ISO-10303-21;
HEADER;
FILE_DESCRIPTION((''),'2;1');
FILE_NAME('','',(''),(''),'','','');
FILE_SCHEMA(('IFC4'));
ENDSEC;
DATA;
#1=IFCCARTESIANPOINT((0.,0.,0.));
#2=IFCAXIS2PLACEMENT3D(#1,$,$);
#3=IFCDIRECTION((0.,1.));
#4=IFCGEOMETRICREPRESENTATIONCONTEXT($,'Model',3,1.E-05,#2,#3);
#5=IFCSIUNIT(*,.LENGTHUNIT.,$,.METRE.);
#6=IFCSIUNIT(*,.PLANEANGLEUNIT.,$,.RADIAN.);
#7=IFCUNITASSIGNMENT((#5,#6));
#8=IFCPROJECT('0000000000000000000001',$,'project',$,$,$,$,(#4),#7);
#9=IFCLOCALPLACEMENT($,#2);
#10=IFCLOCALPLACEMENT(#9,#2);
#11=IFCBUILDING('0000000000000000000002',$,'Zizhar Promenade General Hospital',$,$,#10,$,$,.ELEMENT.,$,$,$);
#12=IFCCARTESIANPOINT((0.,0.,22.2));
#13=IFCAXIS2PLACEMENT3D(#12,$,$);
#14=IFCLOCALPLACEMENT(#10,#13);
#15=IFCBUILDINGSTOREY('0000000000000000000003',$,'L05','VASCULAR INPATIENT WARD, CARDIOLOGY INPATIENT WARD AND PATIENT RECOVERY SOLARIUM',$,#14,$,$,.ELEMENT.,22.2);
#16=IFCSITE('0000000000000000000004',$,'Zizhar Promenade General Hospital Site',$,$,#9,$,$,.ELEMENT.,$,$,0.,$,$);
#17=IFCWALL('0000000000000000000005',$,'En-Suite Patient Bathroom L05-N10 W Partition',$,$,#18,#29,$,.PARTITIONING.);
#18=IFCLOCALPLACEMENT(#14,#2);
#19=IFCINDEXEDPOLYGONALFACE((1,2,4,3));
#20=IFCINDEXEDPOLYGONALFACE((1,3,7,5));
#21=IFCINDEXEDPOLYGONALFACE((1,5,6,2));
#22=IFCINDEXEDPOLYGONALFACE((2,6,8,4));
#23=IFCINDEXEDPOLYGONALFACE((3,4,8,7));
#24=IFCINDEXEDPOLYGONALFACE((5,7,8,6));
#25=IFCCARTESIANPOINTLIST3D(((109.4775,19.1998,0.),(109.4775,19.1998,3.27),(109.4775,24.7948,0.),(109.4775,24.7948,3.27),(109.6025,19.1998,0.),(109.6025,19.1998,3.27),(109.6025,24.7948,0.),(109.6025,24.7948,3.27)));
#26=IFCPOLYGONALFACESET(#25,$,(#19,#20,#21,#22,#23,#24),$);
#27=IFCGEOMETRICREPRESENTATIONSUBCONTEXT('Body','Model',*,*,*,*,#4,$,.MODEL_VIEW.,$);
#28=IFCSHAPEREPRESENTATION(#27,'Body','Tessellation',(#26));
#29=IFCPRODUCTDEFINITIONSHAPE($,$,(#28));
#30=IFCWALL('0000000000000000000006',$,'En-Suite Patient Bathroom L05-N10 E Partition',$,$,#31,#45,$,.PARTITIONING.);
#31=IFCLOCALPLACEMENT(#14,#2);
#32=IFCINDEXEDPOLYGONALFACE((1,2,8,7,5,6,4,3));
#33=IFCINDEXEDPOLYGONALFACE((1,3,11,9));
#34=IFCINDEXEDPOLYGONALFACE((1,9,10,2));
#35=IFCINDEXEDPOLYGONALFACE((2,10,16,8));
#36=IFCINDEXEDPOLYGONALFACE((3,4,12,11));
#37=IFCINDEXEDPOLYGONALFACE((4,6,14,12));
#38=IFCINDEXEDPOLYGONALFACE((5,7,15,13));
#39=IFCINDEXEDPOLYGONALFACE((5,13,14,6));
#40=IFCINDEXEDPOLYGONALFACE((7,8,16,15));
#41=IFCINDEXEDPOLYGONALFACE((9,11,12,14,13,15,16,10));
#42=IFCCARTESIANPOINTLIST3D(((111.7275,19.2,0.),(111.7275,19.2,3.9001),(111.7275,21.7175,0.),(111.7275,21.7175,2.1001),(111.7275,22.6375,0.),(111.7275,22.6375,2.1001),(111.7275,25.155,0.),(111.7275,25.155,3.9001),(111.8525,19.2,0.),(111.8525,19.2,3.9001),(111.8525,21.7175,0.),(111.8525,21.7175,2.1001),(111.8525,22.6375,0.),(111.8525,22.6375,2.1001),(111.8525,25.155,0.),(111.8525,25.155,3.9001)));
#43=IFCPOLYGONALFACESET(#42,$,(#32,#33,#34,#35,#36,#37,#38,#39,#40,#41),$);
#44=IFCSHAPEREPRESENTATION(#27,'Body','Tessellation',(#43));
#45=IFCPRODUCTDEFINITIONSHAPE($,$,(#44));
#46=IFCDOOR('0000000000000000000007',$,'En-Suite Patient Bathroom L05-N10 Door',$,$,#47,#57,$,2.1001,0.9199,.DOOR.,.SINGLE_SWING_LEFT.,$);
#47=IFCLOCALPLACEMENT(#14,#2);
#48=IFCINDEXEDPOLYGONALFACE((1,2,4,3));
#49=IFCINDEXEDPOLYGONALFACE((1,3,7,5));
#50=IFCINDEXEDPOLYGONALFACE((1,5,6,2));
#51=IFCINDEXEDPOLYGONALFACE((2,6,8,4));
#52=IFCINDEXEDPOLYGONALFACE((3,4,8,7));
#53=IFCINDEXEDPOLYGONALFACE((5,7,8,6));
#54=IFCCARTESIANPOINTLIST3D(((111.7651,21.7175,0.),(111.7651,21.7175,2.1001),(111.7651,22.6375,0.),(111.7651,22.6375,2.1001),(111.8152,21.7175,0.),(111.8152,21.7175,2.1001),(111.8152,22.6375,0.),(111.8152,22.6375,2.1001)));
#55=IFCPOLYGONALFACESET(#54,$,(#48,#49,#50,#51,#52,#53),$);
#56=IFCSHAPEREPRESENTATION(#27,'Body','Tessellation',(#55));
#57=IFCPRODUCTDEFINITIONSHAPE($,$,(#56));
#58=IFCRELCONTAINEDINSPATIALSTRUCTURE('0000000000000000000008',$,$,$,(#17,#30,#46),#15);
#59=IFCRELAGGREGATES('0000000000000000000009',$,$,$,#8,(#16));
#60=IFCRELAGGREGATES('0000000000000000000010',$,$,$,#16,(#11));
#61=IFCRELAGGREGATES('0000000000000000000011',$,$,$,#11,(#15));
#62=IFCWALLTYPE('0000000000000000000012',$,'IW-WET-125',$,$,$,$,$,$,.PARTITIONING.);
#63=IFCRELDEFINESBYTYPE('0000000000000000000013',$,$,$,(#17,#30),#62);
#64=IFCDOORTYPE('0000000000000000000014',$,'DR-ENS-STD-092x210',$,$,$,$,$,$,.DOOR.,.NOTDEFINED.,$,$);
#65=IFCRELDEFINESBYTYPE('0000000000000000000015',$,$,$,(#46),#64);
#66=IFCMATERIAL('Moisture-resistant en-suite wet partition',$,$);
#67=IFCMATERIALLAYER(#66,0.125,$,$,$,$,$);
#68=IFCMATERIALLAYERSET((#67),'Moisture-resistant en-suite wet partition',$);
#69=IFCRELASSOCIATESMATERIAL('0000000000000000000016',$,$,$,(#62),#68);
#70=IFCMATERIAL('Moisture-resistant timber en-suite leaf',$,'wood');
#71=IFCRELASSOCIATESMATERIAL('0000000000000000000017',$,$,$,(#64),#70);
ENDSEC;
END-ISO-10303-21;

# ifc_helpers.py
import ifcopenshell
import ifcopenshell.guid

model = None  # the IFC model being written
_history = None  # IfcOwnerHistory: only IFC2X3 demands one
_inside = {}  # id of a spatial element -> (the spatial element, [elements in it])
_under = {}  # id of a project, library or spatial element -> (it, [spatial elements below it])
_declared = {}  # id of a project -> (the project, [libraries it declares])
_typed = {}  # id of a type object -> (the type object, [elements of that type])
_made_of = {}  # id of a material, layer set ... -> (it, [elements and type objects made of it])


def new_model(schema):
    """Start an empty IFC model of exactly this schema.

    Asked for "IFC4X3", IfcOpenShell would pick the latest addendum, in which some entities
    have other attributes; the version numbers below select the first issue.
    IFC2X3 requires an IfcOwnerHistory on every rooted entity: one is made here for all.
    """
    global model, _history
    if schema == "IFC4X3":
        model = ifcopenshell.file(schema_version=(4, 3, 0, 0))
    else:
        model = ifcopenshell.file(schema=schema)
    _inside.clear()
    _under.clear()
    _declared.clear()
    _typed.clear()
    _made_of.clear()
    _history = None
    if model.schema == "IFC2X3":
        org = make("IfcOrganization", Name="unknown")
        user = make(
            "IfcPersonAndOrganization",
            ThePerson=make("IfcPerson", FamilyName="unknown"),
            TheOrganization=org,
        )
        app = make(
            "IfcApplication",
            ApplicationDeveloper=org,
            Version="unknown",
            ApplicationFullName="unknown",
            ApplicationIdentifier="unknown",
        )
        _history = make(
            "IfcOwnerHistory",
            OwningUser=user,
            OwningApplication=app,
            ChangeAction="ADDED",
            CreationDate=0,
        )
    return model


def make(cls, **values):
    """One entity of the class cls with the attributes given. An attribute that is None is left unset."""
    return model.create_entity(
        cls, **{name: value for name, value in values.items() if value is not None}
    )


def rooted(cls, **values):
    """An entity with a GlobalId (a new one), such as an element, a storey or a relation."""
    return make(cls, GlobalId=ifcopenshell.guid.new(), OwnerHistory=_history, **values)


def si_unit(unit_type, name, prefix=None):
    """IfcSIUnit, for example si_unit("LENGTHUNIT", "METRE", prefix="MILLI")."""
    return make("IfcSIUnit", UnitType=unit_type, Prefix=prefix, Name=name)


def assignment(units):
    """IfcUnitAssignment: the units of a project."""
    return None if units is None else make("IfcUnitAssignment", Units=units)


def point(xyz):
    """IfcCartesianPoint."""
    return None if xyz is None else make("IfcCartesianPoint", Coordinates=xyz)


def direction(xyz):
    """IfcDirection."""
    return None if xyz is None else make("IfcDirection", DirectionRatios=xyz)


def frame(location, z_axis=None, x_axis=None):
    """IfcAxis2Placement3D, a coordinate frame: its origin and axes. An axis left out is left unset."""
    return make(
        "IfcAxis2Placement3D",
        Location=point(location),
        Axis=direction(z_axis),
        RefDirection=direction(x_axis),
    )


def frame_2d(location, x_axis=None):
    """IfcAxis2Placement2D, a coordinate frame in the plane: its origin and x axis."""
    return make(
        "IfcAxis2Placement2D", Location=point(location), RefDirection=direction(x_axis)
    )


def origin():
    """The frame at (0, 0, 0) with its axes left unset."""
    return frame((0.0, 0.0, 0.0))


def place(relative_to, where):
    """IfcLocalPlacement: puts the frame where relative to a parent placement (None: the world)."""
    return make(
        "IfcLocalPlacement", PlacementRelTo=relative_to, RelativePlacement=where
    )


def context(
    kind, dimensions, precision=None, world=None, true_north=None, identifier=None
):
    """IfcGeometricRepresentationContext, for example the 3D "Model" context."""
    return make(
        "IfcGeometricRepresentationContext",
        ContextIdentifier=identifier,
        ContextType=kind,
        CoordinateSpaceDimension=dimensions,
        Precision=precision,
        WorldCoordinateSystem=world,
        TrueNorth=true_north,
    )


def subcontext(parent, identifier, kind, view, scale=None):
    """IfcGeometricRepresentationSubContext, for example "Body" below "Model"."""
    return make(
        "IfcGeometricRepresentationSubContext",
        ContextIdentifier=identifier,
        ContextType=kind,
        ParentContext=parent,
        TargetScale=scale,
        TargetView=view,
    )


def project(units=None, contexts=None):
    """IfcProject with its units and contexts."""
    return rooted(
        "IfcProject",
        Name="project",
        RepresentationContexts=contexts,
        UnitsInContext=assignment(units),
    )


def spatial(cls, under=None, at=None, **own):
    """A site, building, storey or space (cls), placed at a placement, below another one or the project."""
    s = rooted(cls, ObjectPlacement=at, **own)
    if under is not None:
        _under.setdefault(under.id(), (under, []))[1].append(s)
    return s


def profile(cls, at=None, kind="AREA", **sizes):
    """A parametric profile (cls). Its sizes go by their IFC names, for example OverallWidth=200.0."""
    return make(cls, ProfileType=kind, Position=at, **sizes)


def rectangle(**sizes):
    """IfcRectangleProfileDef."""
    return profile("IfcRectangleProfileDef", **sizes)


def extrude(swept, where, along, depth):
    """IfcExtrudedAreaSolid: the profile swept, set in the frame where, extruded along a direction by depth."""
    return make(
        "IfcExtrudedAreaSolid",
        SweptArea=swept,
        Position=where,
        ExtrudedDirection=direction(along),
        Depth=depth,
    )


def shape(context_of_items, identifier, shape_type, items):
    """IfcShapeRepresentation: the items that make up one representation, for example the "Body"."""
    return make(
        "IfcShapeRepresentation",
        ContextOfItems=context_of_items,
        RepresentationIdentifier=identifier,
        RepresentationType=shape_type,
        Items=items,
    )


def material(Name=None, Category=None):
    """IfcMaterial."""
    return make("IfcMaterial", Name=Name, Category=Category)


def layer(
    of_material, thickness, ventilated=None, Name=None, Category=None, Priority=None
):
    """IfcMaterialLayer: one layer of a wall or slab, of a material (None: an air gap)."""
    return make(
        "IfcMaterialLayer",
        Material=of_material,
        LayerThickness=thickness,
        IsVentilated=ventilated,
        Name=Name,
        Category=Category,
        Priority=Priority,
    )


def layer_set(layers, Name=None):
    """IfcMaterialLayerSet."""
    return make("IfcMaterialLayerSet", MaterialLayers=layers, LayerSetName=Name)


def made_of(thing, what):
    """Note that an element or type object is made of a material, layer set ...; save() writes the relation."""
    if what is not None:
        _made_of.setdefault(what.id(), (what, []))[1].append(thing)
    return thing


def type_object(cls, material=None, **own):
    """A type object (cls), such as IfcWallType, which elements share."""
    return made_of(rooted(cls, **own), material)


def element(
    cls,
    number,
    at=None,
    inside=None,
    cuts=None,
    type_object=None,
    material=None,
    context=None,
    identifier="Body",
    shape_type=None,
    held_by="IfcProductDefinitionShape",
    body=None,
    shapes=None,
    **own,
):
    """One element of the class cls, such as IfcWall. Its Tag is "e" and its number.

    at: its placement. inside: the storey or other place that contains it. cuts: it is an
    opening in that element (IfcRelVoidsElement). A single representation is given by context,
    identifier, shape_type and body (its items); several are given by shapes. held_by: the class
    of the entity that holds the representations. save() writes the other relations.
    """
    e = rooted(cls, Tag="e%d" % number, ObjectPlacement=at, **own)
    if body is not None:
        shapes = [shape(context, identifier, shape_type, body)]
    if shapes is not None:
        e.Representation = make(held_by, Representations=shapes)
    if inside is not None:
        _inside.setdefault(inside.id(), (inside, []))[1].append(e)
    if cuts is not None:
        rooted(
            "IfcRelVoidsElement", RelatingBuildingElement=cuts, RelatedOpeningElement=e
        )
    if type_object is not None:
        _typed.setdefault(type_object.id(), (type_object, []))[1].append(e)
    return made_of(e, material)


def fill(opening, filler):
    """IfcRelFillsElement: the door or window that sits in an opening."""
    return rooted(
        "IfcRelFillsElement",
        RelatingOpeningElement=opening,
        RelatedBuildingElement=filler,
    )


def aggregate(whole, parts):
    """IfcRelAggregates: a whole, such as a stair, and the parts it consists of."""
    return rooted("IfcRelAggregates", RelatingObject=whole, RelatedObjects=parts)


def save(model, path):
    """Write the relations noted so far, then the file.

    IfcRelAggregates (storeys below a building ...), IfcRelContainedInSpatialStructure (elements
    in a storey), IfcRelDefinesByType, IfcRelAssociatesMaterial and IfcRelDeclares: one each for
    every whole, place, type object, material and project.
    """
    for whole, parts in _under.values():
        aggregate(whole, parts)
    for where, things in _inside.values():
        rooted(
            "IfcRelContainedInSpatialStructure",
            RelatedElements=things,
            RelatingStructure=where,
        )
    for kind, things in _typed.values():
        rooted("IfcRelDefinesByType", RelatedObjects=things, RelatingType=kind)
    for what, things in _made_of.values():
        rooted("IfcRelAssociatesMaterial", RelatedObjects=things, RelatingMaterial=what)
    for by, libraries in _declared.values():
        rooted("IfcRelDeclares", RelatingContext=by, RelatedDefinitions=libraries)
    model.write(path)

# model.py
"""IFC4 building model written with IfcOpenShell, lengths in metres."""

from ifc_helpers import new_model, si_unit, direction, frame, frame_2d, origin, place, context, subcontext, project, spatial, rectangle, extrude, material, layer, layer_set, type_object, element, fill, save


model = new_model("IFC4")

# Units and contexts
model_context = context("Model", 3, precision=1e-05, world=origin(), true_north=direction((0.0, 1.0)))
body_context = subcontext(model_context, "Body", "Model", "MODEL_VIEW")
ifc_project = project(units=[si_unit("LENGTHUNIT", "METRE"), si_unit("PLANEANGLEUNIT", "RADIAN")], contexts=[model_context])

# Site, building, storey
site_placement = place(None, origin())
site = spatial("IfcSite", under=ifc_project, at=site_placement, Name="Zizhar Promenade General Hospital Site", CompositionType="ELEMENT", RefElevation=0.0)
building_placement = place(site_placement, origin())
building = spatial("IfcBuilding", under=site, at=building_placement, Name="Zizhar Promenade General Hospital", CompositionType="ELEMENT")
storey_placement = place(building_placement, frame((0.0, 0.0, 22.2)))
storey = spatial("IfcBuildingStorey", under=building, at=storey_placement, Name="L05", Description="VASCULAR INPATIENT WARD, CARDIOLOGY INPATIENT WARD AND PATIENT RECOVERY SOLARIUM", CompositionType="ELEMENT", Elevation=22.2)

# Shared definitions
ifc_material_1 = material(Name="Moisture-resistant en-suite wet partition")
ifc_layer_1 = layer(ifc_material_1, 0.125)
ifc_layer_set_1 = layer_set([ifc_layer_1], Name="Moisture-resistant en-suite wet partition")
wall_type_1 = type_object("IfcWallType", Name="IW-WET-125", PredefinedType="PARTITIONING", material=ifc_layer_set_1)
ifc_material_2 = material(Name="Moisture-resistant timber en-suite leaf", Category="wood")
door_type_1 = type_object("IfcDoorType", Name="DR-ENS-STD-092x210", OperationType="NOTDEFINED", PredefinedType="DOOR", material=ifc_material_2)

# Wall
wall_1_placement = place(storey_placement, frame((109.54, 19.2, 0.0), z_axis=(0.0, 0.0, 1.0), x_axis=(0.0, 1.0, 0.0)))
element("IfcWall", 1, at=wall_1_placement, inside=storey, type_object=wall_type_1, Name="En-Suite Patient Bathroom L05-N10 W Partition", PredefinedType="PARTITIONING", context=body_context, shape_type="SweptSolid", body=[
    extrude(rectangle(XDim=5.595, YDim=0.125, at=frame_2d((2.7974, 0.0))), origin(), (0.0, 0.0, 1.0), 3.27),
])

# Wall, opening, door
wall_2_placement = place(storey_placement, frame((111.79, 19.2, 0.0), z_axis=(0.0, 0.0, 1.0), x_axis=(0.0, 1.0, 0.0)))
wall_2 = element("IfcWall", 2, at=wall_2_placement, inside=storey, type_object=wall_type_1, Name="En-Suite Patient Bathroom L05-N10 E Partition", PredefinedType="PARTITIONING", context=body_context, shape_type="SweptSolid", body=[
    extrude(rectangle(XDim=5.9551, YDim=0.125, at=frame_2d((2.9775, 0.0))), origin(), (0.0, 0.0, 1.0), 3.9001),
])
opening_1_placement = place(wall_2_placement, frame((2.5176, 0.0, 0.0)))
opening_1 = element("IfcOpeningElement", 3, at=opening_1_placement, cuts=wall_2, PredefinedType="OPENING", context=body_context, shape_type="SweptSolid", body=[
    extrude(rectangle(XDim=0.9199, YDim=2.1001, at=frame_2d((0.46, 1.05))), frame((0.0, 0.0725, 0.0), z_axis=(0.0, -1.0, 0.0), x_axis=(1.0, 0.0, 0.0)), (0.0, 0.0, 1.0), 0.145),
])
door_1_placement = place(opening_1_placement, origin())
door_1 = element("IfcDoor", 4, at=door_1_placement, inside=storey, type_object=door_type_1, Name="En-Suite Patient Bathroom L05-N10 Door", OperationType="SINGLE_SWING_LEFT", OverallHeight=2.1001, OverallWidth=0.9199, PredefinedType="DOOR", context=body_context, shape_type="SweptSolid", body=[
    extrude(rectangle(XDim=0.9199, YDim=2.1001, at=frame_2d((0.46, 1.05))), frame((0.0, 0.0249, 0.0), z_axis=(0.0, -1.0, 0.0), x_axis=(1.0, 0.0, 0.0)), (0.0, 0.0, 1.0), 0.05),
])
fill(opening_1, door_1)

save(model, "model.ifc")
